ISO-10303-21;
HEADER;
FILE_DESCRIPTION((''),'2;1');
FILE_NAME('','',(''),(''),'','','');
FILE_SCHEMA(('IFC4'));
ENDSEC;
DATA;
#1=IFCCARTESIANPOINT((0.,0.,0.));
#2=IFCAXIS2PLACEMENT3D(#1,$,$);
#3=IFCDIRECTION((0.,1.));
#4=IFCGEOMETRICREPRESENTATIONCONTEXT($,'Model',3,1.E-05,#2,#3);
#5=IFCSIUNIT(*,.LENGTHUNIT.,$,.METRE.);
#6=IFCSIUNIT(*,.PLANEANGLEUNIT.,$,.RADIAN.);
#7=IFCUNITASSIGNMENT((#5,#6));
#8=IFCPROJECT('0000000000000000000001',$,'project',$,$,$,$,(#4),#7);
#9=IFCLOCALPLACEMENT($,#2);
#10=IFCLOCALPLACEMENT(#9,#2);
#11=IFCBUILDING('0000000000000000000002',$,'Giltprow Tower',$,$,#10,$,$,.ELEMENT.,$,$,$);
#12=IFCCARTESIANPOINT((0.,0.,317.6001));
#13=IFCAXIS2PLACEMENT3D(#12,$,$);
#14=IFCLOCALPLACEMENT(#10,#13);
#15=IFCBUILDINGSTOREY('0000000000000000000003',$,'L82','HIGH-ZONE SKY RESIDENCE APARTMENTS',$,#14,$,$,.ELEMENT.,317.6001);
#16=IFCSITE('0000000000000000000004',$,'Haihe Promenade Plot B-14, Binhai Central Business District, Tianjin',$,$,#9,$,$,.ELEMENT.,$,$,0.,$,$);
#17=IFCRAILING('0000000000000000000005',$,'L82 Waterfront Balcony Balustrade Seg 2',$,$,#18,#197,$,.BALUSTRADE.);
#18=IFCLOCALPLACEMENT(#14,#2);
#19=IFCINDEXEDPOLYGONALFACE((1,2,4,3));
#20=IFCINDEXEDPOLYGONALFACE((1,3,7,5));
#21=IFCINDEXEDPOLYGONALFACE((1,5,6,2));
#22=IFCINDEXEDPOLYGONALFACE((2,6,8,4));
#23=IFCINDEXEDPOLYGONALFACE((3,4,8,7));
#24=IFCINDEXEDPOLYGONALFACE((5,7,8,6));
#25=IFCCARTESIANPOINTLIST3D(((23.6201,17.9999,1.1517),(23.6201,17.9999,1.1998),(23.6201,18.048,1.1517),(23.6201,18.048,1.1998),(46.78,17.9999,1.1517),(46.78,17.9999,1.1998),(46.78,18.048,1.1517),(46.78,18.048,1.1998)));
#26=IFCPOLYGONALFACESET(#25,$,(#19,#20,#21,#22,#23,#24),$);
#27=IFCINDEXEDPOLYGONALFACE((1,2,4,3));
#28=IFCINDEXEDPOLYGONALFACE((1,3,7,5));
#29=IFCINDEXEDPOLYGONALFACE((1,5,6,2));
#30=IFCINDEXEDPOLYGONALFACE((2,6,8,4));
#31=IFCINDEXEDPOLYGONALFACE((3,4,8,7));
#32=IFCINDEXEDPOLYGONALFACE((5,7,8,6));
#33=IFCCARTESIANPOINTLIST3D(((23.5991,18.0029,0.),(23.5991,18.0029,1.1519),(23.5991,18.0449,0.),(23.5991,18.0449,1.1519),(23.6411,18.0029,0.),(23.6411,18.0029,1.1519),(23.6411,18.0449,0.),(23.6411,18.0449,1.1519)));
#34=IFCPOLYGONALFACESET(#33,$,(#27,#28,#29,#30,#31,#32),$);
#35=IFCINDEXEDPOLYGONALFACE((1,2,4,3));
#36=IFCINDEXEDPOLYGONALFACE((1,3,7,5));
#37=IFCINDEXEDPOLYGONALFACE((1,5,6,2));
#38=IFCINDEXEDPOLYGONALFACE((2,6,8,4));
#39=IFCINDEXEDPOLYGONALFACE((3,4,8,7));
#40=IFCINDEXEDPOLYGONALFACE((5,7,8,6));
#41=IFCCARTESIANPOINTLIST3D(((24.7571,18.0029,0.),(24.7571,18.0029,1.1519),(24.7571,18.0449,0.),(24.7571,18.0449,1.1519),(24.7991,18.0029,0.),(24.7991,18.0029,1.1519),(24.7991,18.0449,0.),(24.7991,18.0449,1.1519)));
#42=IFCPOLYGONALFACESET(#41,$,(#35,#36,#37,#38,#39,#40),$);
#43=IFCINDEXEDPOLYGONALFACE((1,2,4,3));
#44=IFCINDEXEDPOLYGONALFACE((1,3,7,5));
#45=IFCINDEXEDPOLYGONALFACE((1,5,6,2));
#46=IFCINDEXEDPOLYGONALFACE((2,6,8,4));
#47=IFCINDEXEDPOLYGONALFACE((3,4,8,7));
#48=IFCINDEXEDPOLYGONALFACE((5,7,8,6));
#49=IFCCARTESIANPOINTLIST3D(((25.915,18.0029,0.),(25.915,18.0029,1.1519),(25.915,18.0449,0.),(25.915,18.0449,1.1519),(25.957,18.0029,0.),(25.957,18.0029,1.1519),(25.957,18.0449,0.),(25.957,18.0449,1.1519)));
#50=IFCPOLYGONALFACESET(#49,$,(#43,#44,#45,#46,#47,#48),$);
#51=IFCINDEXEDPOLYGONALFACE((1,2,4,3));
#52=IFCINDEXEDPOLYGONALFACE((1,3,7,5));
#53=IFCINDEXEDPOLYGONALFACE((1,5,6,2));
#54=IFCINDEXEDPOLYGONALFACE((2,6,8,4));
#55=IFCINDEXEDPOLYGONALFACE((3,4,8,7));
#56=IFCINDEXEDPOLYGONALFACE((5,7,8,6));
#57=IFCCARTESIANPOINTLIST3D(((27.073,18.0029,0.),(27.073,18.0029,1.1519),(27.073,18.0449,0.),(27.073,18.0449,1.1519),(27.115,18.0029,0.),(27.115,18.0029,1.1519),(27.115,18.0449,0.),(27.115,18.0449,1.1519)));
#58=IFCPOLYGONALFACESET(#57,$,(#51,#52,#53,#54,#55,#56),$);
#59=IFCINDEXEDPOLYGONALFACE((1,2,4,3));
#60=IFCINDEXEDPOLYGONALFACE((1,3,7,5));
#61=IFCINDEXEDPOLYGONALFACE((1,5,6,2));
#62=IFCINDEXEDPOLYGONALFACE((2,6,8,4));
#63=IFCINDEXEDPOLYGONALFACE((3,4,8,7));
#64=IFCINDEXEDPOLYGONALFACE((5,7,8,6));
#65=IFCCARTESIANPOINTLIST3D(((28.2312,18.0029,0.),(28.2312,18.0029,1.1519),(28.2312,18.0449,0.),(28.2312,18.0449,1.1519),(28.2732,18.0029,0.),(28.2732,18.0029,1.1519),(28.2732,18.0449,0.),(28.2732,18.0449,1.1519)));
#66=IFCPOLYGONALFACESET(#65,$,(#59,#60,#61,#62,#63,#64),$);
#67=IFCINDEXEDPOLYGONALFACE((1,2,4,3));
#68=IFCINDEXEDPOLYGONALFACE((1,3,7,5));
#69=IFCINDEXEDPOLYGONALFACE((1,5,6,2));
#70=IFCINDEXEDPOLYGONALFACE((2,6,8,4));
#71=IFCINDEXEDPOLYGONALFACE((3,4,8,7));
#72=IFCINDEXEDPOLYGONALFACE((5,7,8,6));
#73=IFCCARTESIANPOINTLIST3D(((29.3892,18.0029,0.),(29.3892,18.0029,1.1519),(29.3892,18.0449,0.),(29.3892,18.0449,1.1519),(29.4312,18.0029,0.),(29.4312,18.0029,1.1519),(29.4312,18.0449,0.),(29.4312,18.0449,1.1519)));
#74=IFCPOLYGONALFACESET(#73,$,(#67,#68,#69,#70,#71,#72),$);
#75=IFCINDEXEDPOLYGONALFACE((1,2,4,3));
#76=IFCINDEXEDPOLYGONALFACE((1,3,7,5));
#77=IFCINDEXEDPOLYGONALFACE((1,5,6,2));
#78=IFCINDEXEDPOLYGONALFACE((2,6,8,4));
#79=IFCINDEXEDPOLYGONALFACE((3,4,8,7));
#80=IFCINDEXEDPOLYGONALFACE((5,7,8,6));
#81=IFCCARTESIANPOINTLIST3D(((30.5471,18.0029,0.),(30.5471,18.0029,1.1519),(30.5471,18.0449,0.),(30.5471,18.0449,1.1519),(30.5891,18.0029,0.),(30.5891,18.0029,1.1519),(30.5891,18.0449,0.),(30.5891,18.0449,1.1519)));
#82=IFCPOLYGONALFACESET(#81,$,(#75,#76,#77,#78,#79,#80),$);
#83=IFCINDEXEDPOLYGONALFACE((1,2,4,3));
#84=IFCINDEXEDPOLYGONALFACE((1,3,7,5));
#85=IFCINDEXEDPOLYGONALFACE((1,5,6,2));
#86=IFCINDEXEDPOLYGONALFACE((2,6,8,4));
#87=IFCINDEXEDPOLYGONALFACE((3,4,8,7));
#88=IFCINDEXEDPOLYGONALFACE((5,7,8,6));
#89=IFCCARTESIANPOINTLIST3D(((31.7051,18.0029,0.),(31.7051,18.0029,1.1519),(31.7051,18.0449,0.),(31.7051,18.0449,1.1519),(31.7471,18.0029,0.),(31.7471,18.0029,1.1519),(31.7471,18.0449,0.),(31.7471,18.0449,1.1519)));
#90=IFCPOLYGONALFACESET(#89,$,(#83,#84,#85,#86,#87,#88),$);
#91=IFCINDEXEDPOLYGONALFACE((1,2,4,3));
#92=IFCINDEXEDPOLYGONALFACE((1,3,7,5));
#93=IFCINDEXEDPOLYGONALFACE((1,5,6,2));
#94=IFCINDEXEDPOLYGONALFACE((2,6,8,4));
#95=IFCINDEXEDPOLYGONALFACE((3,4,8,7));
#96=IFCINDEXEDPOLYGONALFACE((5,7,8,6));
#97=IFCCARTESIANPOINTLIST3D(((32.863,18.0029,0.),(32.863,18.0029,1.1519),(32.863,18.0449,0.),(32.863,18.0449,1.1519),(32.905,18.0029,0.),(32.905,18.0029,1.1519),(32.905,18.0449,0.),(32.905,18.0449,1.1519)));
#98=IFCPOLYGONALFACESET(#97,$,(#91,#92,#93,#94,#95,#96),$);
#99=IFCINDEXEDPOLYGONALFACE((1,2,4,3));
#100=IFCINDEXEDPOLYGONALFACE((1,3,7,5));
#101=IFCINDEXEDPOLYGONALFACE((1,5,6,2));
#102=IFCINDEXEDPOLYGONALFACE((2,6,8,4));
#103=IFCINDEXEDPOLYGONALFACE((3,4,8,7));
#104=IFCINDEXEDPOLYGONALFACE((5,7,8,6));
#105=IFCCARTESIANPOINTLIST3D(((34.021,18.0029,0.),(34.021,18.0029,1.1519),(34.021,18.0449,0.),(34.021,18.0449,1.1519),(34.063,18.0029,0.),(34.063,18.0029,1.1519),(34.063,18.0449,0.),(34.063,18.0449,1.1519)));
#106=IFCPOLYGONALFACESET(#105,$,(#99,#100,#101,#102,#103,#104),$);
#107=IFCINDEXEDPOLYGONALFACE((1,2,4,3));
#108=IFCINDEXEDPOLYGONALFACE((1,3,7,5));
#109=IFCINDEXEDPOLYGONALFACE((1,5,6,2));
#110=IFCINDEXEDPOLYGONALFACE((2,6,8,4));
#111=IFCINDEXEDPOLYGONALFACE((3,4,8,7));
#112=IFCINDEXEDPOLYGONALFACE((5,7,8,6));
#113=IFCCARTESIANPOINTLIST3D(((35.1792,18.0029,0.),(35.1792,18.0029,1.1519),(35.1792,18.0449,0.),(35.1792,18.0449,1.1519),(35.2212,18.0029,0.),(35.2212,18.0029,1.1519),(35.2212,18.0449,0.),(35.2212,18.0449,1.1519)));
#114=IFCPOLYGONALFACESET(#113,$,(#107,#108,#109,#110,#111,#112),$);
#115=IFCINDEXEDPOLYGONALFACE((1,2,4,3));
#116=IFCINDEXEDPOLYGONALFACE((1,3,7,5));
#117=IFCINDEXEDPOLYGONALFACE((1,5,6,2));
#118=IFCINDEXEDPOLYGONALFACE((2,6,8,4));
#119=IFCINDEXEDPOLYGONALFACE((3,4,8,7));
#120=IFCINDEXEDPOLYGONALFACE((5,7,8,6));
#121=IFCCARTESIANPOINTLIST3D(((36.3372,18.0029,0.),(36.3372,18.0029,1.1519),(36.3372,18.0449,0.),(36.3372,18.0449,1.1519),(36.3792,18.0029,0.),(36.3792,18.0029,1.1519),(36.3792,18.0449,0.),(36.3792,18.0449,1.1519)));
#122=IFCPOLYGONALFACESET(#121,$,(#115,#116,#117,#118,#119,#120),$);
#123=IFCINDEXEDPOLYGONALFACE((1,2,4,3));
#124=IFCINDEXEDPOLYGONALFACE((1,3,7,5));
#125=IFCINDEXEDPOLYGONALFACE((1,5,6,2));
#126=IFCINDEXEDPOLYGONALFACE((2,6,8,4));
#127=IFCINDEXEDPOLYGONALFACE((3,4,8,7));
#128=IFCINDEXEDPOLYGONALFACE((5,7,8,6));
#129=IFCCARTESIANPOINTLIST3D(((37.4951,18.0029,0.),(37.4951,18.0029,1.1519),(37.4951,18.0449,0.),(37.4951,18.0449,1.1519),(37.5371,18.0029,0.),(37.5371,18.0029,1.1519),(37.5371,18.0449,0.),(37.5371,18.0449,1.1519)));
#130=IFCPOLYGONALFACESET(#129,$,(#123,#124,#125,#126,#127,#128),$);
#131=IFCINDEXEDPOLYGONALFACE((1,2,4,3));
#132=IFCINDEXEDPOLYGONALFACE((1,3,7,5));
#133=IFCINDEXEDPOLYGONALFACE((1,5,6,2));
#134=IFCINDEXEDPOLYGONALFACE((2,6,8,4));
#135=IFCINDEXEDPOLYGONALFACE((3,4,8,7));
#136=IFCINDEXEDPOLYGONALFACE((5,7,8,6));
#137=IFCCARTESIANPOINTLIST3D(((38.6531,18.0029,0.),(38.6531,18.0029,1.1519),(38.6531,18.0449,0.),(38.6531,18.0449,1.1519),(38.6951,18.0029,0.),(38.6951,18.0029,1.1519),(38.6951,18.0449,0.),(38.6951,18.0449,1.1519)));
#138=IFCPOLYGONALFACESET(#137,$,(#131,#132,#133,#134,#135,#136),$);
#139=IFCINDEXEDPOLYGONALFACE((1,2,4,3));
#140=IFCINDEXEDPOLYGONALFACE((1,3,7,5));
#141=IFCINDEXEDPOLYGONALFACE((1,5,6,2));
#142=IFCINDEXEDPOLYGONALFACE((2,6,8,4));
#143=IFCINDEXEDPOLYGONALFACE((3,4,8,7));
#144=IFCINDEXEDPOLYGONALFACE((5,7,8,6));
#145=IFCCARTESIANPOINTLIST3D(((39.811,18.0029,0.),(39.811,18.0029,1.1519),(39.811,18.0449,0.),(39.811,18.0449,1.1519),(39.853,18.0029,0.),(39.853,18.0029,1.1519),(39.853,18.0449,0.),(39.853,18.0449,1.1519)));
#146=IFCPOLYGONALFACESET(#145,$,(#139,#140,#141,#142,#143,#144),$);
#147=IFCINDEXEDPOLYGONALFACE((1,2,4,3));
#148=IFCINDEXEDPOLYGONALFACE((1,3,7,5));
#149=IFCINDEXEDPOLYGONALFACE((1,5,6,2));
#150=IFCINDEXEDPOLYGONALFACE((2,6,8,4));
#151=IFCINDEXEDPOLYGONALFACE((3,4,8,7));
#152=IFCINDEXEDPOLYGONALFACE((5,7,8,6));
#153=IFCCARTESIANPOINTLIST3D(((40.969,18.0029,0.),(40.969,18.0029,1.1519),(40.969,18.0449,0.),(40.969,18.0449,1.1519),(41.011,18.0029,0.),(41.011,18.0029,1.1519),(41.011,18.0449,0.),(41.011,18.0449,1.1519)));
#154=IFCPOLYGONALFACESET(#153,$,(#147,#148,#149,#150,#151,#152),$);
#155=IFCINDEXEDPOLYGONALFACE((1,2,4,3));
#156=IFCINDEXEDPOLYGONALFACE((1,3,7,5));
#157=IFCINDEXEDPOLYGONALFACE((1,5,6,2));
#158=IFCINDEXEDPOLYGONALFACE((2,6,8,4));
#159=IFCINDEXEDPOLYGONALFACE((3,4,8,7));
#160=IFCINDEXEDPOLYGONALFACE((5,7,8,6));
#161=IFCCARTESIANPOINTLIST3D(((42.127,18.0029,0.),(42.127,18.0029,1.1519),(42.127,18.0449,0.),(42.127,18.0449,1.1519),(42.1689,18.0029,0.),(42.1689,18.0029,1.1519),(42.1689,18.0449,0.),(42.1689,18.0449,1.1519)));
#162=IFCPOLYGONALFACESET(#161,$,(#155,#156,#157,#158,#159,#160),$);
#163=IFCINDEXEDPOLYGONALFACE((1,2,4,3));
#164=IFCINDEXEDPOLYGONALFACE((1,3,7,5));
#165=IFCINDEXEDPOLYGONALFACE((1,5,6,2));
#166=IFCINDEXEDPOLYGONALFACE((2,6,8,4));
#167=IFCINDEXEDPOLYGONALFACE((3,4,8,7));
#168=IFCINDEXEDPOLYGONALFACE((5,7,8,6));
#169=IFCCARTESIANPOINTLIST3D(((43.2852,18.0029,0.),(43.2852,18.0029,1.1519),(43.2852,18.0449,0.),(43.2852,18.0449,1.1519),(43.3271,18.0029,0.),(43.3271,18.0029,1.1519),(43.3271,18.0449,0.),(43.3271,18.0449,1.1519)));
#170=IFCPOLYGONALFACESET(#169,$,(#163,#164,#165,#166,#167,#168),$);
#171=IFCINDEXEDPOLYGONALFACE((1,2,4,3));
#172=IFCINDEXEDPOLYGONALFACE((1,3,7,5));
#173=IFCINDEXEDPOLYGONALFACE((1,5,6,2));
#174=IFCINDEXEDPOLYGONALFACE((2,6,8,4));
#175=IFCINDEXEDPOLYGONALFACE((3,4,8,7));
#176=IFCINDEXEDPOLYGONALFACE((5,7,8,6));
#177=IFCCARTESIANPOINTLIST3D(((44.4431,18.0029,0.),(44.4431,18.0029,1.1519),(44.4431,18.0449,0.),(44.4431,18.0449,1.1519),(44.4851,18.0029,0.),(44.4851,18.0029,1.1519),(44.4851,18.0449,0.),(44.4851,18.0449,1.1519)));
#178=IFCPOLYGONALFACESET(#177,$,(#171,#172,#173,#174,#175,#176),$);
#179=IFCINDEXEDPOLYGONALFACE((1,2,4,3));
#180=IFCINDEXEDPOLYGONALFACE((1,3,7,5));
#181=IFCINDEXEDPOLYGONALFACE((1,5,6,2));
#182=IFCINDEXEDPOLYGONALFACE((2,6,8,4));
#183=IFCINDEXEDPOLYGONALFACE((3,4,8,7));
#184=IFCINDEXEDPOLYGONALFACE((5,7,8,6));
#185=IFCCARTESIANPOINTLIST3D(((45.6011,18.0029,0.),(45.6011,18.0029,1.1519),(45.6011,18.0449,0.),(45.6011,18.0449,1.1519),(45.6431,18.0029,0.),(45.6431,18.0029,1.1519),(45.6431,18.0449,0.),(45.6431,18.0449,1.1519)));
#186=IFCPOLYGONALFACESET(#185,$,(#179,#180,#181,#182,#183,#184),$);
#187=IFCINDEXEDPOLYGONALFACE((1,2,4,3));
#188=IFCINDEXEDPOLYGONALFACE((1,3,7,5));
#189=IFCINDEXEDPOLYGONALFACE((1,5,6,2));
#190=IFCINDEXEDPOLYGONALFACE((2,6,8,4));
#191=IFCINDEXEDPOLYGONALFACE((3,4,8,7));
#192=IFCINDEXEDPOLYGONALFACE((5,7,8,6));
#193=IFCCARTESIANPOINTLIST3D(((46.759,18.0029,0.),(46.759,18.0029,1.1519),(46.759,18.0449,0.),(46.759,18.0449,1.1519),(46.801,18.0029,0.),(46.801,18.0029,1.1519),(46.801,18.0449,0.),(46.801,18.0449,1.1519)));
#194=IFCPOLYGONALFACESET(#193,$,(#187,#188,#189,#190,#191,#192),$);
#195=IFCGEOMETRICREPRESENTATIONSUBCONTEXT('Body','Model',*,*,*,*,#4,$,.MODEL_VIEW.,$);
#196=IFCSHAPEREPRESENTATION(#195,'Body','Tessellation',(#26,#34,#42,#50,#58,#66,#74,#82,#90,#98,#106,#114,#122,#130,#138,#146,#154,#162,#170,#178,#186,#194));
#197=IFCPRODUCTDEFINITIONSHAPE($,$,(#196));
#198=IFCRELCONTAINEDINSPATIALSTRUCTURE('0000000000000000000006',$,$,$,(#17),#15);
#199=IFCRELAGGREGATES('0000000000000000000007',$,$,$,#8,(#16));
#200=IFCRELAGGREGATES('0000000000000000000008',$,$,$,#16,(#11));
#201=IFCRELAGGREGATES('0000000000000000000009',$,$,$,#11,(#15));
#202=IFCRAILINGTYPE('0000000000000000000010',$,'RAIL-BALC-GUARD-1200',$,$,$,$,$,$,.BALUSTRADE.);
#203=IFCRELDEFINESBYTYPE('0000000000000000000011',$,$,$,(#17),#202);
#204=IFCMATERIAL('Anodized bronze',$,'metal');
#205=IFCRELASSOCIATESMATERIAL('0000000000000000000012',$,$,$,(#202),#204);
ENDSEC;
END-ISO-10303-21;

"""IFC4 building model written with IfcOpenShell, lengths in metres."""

from ifc_helpers import new_model, si_unit, direction, frame, origin, origin_2d, place, context, subcontext, project, spatial, rectangle, extrude, material, type_object, element, save


model = new_model("IFC4")

# Units and contexts
model_context = context("Model", 3, precision=1e-05, world=origin(), true_north=direction((0.0, 1.0)))
body_context = subcontext(model_context, "Body", "Model", "MODEL_VIEW")
ifc_project = project(units=[si_unit("LENGTHUNIT", "METRE"), si_unit("PLANEANGLEUNIT", "RADIAN")], contexts=[model_context])

# Site, building, storey
site_placement = place(None, origin())
site = spatial("IfcSite", under=ifc_project, at=site_placement, Name="Haihe Promenade Plot B-14, Binhai Central Business District, Tianjin", CompositionType="ELEMENT", RefElevation=0.0)
building_placement = place(site_placement, origin())
building = spatial("IfcBuilding", under=site, at=building_placement, Name="Giltprow Tower", CompositionType="ELEMENT")
storey_placement = place(building_placement, frame((0.0, 0.0, 317.6001)))
storey = spatial("IfcBuildingStorey", under=building, at=storey_placement, Name="L82", Description="HIGH-ZONE SKY RESIDENCE APARTMENTS", CompositionType="ELEMENT", Elevation=317.6001)

# Shared definitions
ifc_material_1 = material(Name="Anodized bronze", Category="metal")

# Railing
railing_type = type_object("IfcRailingType", Name="RAIL-BALC-GUARD-1200", PredefinedType="BALUSTRADE", material=ifc_material_1)
railing_1_placement = place(storey_placement, frame((23.6201, 18.0239, 0.0)))
element("IfcRailing", 1, at=railing_1_placement, inside=storey, type_object=railing_type, Name="L82 Waterfront Balcony Balustrade Seg 2", PredefinedType="BALUSTRADE", context=body_context, shape_type="SweptSolid", body=[
    extrude(rectangle(XDim=0.0481, YDim=0.0481, at=origin_2d()), frame((0.0, 0.0, 1.1758), z_axis=(1.0, 0.0, 0.0), x_axis=(0.0, 1.0, 0.0)), (0.0, 0.0, 1.0), 23.1599),
    extrude(rectangle(XDim=0.042, YDim=0.042, at=origin_2d()), origin(), (0.0, 0.0, 1.0), 1.1519),
    extrude(rectangle(XDim=0.042, YDim=0.042, at=origin_2d()), frame((1.158, 0.0, 0.0)), (0.0, 0.0, 1.0), 1.1519),
    extrude(rectangle(XDim=0.042, YDim=0.042, at=origin_2d()), frame((2.3159, 0.0, 0.0)), (0.0, 0.0, 1.0), 1.1519),
    extrude(rectangle(XDim=0.042, YDim=0.042, at=origin_2d()), frame((3.4739, 0.0, 0.0)), (0.0, 0.0, 1.0), 1.1519),
    extrude(rectangle(XDim=0.042, YDim=0.042, at=origin_2d()), frame((4.6321, 0.0, 0.0)), (0.0, 0.0, 1.0), 1.1519),
    extrude(rectangle(XDim=0.042, YDim=0.042, at=origin_2d()), frame((5.79, 0.0, 0.0)), (0.0, 0.0, 1.0), 1.1519),
    extrude(rectangle(XDim=0.042, YDim=0.042, at=origin_2d()), frame((6.948, 0.0, 0.0)), (0.0, 0.0, 1.0), 1.1519),
    extrude(rectangle(XDim=0.042, YDim=0.042, at=origin_2d()), frame((8.106, 0.0, 0.0)), (0.0, 0.0, 1.0), 1.1519),
    extrude(rectangle(XDim=0.042, YDim=0.042, at=origin_2d()), frame((9.2639, 0.0, 0.0)), (0.0, 0.0, 1.0), 1.1519),
    extrude(rectangle(XDim=0.042, YDim=0.042, at=origin_2d()), frame((10.4219, 0.0, 0.0)), (0.0, 0.0, 1.0), 1.1519),
    extrude(rectangle(XDim=0.042, YDim=0.042, at=origin_2d()), frame((11.5801, 0.0, 0.0)), (0.0, 0.0, 1.0), 1.1519),
    extrude(rectangle(XDim=0.042, YDim=0.042, at=origin_2d()), frame((12.738, 0.0, 0.0)), (0.0, 0.0, 1.0), 1.1519),
    extrude(rectangle(XDim=0.042, YDim=0.042, at=origin_2d()), frame((13.896, 0.0, 0.0)), (0.0, 0.0, 1.0), 1.1519),
    extrude(rectangle(XDim=0.042, YDim=0.042, at=origin_2d()), frame((15.054, 0.0, 0.0)), (0.0, 0.0, 1.0), 1.1519),
    extrude(rectangle(XDim=0.042, YDim=0.042, at=origin_2d()), frame((16.2119, 0.0, 0.0)), (0.0, 0.0, 1.0), 1.1519),
    extrude(rectangle(XDim=0.042, YDim=0.042, at=origin_2d()), frame((17.3699, 0.0, 0.0)), (0.0, 0.0, 1.0), 1.1519),
    extrude(rectangle(XDim=0.042, YDim=0.042, at=origin_2d()), frame((18.5278, 0.0, 0.0)), (0.0, 0.0, 1.0), 1.1519),
    extrude(rectangle(XDim=0.042, YDim=0.042, at=origin_2d()), frame((19.686, 0.0, 0.0)), (0.0, 0.0, 1.0), 1.1519),
    extrude(rectangle(XDim=0.042, YDim=0.042, at=origin_2d()), frame((20.844, 0.0, 0.0)), (0.0, 0.0, 1.0), 1.1519),
    extrude(rectangle(XDim=0.042, YDim=0.042, at=origin_2d()), frame((22.002, 0.0, 0.0)), (0.0, 0.0, 1.0), 1.1519),
    extrude(rectangle(XDim=0.042, YDim=0.042, at=origin_2d()), frame((23.1599, 0.0, 0.0)), (0.0, 0.0, 1.0), 1.1519),
])

save(model, "model.ifc")
